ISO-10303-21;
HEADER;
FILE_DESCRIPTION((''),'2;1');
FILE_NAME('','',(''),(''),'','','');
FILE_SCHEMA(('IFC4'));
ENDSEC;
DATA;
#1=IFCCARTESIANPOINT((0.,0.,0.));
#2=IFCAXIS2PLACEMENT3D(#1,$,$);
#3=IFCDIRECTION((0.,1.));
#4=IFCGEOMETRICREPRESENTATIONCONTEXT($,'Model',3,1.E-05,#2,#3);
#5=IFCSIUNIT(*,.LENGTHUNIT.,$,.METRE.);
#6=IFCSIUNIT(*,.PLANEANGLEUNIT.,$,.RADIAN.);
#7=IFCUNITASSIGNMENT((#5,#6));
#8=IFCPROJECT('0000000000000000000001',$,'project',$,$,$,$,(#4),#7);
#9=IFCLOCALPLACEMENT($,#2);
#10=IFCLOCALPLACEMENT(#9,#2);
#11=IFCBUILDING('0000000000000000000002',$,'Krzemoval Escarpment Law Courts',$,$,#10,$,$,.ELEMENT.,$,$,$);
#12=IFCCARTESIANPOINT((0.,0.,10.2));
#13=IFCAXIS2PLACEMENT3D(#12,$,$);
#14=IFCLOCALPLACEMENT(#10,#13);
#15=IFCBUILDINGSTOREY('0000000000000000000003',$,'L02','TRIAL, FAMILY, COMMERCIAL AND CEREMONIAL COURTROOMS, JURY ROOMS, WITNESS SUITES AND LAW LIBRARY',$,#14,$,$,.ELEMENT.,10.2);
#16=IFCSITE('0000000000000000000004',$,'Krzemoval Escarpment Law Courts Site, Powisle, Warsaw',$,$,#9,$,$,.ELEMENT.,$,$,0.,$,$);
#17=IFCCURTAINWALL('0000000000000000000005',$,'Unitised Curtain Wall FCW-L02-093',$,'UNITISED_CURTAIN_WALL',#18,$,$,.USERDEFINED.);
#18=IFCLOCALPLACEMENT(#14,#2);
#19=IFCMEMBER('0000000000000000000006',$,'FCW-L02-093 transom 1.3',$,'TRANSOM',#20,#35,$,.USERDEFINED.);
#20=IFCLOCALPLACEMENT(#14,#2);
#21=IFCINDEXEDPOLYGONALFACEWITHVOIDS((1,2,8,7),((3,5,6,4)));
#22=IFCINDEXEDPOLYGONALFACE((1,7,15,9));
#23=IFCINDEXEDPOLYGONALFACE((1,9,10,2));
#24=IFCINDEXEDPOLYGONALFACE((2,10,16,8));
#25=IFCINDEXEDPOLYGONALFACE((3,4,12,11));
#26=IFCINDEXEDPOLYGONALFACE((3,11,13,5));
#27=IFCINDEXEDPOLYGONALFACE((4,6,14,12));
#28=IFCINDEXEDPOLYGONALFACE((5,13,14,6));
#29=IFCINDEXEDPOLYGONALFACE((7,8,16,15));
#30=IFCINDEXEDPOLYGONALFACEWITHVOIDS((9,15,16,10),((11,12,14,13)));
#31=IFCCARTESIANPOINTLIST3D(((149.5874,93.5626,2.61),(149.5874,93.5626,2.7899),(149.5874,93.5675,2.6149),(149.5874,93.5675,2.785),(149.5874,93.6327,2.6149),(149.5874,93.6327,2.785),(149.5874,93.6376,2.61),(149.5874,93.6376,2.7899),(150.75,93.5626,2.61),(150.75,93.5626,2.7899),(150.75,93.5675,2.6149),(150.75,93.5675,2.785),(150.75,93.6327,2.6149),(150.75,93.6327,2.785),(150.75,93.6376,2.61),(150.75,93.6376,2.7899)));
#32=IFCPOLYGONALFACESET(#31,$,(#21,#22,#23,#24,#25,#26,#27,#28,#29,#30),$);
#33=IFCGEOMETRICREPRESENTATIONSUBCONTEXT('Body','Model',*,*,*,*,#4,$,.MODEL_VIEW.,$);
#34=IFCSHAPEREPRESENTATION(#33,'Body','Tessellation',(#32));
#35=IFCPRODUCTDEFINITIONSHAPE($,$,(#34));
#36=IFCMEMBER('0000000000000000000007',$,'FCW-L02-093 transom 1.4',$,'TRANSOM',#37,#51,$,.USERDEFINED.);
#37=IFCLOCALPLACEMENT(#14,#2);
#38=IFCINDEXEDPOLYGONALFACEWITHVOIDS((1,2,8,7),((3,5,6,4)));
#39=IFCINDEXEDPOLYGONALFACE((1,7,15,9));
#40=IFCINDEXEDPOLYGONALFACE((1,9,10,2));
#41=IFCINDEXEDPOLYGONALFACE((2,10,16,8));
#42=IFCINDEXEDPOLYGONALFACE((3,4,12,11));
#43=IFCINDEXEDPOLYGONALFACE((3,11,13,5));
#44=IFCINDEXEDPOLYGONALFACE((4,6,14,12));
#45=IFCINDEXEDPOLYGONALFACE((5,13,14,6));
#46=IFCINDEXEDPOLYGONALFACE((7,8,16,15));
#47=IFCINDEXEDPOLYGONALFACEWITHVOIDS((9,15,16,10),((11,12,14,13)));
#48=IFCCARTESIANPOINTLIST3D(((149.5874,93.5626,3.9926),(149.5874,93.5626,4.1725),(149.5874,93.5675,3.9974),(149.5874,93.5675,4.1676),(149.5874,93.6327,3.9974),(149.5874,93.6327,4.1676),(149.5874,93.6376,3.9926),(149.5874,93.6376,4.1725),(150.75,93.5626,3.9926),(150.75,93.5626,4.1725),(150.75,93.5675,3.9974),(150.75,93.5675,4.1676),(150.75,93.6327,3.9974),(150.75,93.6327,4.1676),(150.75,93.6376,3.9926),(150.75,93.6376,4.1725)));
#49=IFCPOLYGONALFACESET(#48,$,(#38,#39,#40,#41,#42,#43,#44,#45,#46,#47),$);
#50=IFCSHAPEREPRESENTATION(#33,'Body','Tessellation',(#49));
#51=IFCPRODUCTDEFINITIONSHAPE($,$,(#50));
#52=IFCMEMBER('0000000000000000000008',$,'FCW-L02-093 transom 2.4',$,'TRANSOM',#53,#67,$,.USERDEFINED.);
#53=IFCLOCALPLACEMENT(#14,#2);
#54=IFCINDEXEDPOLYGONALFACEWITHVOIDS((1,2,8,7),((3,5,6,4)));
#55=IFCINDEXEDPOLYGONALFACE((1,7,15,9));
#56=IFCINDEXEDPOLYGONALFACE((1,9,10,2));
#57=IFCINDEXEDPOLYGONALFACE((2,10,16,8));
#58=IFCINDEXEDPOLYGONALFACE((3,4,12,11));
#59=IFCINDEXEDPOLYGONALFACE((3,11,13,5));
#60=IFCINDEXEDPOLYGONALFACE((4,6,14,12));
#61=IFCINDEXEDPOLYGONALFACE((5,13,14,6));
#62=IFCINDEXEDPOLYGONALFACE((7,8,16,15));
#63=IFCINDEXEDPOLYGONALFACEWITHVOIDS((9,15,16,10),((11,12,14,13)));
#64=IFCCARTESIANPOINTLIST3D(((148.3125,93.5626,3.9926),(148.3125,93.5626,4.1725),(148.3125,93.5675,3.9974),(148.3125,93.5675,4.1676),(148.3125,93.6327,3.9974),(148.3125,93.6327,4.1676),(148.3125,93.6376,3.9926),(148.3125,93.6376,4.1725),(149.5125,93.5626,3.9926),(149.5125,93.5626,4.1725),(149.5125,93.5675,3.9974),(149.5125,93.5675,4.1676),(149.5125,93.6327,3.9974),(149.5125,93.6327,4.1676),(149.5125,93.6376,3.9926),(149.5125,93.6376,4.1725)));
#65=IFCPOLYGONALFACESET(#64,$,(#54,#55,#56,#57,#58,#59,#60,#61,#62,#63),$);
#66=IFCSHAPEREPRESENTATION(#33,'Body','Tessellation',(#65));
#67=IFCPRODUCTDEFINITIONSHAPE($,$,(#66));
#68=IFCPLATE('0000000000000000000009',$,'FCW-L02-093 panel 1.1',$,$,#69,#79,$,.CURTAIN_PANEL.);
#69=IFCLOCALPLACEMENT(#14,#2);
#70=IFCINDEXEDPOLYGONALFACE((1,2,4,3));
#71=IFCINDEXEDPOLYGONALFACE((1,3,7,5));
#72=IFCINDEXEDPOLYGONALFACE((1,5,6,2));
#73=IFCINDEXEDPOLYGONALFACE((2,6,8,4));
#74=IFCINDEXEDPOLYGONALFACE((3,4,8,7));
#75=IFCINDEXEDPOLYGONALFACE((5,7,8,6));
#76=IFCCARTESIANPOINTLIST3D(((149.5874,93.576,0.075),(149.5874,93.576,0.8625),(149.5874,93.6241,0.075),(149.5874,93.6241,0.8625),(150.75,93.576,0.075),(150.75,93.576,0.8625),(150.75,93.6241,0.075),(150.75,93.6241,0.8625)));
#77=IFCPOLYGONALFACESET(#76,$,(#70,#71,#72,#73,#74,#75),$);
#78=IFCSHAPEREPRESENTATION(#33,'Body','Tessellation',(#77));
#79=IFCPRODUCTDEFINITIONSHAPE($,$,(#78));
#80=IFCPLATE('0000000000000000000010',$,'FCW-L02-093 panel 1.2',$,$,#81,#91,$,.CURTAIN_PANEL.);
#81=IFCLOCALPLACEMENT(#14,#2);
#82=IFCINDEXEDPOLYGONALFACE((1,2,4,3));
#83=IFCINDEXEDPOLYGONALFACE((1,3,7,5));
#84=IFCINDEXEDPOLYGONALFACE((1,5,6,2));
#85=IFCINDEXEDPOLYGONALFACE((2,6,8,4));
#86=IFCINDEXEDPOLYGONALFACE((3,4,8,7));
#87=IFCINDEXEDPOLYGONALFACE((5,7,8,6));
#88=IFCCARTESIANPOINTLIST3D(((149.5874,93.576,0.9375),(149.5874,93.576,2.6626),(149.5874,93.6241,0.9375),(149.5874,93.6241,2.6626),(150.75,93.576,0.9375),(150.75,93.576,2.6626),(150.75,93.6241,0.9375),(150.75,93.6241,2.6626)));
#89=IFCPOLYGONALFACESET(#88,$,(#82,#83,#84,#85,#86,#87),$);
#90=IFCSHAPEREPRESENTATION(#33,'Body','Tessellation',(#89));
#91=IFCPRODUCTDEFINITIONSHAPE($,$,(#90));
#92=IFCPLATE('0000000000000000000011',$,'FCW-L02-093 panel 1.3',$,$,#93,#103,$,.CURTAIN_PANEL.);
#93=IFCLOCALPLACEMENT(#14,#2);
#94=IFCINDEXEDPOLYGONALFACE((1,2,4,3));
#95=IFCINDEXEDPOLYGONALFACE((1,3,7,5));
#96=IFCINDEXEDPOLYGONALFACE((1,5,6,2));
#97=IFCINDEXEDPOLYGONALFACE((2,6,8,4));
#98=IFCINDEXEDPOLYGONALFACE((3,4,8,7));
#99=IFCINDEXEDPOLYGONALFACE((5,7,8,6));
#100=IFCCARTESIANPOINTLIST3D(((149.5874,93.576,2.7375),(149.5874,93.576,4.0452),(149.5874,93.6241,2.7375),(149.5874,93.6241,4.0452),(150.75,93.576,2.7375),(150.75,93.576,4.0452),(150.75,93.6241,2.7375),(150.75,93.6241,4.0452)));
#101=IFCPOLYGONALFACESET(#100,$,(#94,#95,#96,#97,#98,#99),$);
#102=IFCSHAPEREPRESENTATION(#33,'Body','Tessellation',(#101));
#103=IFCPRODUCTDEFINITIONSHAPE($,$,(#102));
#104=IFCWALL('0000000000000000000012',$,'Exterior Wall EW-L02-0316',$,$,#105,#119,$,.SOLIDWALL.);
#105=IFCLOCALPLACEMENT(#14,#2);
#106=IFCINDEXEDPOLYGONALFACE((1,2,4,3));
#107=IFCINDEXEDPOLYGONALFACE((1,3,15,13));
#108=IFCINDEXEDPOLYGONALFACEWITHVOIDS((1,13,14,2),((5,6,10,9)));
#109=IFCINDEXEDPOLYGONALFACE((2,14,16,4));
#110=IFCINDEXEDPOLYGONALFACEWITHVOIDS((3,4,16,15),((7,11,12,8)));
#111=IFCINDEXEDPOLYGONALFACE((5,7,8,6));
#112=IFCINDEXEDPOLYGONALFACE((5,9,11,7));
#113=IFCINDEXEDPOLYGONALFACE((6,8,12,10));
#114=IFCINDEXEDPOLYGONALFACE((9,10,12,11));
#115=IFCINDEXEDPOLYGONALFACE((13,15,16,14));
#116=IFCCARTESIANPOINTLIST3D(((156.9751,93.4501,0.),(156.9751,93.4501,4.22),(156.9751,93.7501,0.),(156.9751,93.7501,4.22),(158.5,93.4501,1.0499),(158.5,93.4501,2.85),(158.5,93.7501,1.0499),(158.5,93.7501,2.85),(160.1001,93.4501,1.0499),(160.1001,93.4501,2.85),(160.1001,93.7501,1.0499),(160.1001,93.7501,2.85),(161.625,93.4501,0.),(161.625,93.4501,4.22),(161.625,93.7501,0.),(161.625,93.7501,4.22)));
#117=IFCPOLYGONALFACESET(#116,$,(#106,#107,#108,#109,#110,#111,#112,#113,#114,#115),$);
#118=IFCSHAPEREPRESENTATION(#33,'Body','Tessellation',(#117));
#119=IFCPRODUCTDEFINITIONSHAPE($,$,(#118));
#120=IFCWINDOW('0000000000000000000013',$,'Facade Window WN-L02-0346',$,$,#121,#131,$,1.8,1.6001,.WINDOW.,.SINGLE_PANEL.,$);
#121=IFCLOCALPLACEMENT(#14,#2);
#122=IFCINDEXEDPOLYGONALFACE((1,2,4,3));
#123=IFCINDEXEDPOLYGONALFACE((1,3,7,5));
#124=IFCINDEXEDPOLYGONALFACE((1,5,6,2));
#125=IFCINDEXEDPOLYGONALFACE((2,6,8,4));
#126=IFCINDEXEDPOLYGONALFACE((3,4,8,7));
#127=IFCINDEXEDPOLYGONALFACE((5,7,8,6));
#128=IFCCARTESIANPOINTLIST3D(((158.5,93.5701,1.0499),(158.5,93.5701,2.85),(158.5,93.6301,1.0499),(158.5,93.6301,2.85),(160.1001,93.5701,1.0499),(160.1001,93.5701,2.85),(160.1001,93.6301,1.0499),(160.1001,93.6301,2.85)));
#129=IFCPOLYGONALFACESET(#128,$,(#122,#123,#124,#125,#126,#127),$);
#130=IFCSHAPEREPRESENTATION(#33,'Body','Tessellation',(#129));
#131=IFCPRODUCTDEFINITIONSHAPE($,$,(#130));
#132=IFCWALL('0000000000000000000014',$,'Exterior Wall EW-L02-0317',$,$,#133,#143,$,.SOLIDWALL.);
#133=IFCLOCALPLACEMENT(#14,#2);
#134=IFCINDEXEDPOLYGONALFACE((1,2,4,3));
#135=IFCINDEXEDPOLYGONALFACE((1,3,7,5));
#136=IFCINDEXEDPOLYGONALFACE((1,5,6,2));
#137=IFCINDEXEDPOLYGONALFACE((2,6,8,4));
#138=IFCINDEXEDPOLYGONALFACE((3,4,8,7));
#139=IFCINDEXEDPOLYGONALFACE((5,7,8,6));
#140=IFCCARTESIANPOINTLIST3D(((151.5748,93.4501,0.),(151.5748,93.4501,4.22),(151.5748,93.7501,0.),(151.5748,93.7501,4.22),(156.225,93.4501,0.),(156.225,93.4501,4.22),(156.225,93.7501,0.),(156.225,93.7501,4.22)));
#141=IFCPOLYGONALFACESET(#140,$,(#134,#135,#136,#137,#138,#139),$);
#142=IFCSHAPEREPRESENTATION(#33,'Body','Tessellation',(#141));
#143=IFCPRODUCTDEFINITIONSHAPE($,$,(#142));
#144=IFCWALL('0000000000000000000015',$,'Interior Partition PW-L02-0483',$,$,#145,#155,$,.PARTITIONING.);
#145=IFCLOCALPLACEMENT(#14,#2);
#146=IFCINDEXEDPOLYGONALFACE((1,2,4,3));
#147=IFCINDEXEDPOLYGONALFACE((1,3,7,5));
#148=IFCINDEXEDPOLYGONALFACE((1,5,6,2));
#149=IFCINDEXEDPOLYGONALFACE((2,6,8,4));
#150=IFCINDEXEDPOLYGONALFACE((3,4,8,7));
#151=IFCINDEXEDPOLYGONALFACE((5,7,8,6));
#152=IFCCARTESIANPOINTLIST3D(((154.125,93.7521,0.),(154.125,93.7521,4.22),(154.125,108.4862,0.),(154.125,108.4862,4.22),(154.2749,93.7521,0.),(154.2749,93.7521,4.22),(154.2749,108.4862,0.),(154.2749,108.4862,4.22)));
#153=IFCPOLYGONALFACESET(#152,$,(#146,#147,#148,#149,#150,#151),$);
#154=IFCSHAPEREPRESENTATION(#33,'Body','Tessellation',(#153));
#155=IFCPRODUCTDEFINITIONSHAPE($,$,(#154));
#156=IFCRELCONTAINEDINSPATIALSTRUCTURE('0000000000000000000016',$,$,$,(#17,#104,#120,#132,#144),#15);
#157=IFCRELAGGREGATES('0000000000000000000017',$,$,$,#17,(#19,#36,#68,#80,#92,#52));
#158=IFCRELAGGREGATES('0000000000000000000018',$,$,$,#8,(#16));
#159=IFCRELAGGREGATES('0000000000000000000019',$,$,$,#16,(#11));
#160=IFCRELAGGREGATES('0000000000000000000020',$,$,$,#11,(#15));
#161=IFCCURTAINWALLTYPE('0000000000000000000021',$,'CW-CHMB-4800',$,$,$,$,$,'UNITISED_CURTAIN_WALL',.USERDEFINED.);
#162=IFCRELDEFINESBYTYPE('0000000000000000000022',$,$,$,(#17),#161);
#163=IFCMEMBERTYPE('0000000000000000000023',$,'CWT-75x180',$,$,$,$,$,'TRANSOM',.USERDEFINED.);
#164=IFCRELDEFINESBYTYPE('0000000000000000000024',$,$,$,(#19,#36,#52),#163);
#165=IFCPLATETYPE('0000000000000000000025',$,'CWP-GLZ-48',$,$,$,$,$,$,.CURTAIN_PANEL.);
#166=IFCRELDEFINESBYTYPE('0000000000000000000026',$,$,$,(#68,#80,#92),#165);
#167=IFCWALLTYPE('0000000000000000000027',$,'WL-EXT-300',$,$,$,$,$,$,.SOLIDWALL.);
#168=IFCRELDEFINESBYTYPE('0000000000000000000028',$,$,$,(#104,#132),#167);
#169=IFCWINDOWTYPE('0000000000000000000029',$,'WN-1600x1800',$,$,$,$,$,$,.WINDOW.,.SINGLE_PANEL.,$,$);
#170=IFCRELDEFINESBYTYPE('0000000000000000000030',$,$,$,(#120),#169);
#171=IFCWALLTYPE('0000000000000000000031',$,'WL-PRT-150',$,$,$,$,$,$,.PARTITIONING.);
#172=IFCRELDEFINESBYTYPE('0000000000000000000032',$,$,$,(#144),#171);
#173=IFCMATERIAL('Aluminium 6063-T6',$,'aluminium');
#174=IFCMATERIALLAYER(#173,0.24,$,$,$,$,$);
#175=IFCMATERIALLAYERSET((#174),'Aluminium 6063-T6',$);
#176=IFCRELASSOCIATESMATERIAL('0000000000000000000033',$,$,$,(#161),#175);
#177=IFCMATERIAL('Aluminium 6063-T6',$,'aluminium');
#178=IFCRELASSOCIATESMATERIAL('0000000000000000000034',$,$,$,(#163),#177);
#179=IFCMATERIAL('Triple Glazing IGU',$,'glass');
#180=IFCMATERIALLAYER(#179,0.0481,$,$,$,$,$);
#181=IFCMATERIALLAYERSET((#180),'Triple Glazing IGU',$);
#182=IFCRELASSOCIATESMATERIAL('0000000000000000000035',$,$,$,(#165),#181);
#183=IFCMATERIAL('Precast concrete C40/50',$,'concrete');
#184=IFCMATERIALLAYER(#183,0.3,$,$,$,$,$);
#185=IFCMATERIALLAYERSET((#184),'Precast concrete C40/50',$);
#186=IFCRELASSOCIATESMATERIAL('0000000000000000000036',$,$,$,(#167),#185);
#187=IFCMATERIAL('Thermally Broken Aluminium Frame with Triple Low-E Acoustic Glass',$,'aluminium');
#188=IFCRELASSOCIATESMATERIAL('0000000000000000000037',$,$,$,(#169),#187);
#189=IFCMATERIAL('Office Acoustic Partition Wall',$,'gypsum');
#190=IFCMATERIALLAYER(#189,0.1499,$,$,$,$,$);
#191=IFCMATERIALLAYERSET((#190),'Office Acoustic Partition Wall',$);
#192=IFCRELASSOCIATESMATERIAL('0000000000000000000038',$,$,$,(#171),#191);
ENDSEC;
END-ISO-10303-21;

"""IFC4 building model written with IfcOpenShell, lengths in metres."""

from ifc_helpers import new_model, si_unit, direction, frame, frame_2d, origin, origin_2d, place, context, subcontext, project, spatial, rectangle, hollow_rectangle, extrude, material, layer, layer_set, material_profile, profile_set, type_object, element, fill, aggregate, save


model = new_model("IFC4")

# Units and contexts
model_context = context("Model", 3, precision=1e-05, world=origin(), true_north=direction((0.0, 1.0)))
body_context = subcontext(model_context, "Body", "Model", "MODEL_VIEW")
ifc_project = project(units=[si_unit("LENGTHUNIT", "METRE"), si_unit("PLANEANGLEUNIT", "RADIAN")], contexts=[model_context])

# Site, building, storey
site_placement = place(None, origin())
site = spatial("IfcSite", under=ifc_project, at=site_placement, Name="Krzemoval Escarpment Law Courts Site, Powisle, Warsaw", CompositionType="ELEMENT", RefElevation=0.0)
building_placement = place(site_placement, origin())
building = spatial("IfcBuilding", under=site, at=building_placement, Name="Krzemoval Escarpment Law Courts", CompositionType="ELEMENT")
storey_placement = place(building_placement, frame((0.0, 0.0, 10.2)))
storey = spatial("IfcBuildingStorey", under=building, at=storey_placement, Name="L02", Description="TRIAL, FAMILY, COMMERCIAL AND CEREMONIAL COURTROOMS, JURY ROOMS, WITNESS SUITES AND LAW LIBRARY", CompositionType="ELEMENT", Elevation=10.2)

# Curtain wall, members, plates
ifc_material_1 = material(Name="Aluminium 6063-T6", Category="aluminium")
ifc_layer_1 = layer(ifc_material_1, 0.24)
ifc_layer_set_1 = layer_set([ifc_layer_1], Name="Aluminium 6063-T6")
curtain_wall_type = type_object("IfcCurtainWallType", Name="CW-CHMB-4800", ElementType="UNITISED_CURTAIN_WALL", PredefinedType="USERDEFINED", material=ifc_layer_set_1)
curtain_wall_placement = place(storey_placement, origin())
curtain_wall = element("IfcCurtainWall", 1, at=curtain_wall_placement, inside=storey, type_object=curtain_wall_type, Name="Unitised Curtain Wall FCW-L02-093", ObjectType="UNITISED_CURTAIN_WALL", PredefinedType="USERDEFINED")
ifc_material_2 = material(Name="Aluminium 6063-T6", Category="aluminium")
ifc_material_profile_1 = material_profile(ifc_material_2, hollow_rectangle(XDim=0.075, YDim=0.1799, WallThickness=0.0049, at=origin_2d()), Name="ALU T75x180")
ifc_profile_set_1 = profile_set([ifc_material_profile_1], Name="Aluminium 6063-T6")
member_type_1 = type_object("IfcMemberType", Name="CWT-75x180", ElementType="TRANSOM", PredefinedType="USERDEFINED", material=ifc_profile_set_1)
member_1_placement = place(storey_placement, frame((150.75, 93.6001, 2.7), z_axis=(-1.0, 0.0, 0.0), x_axis=(0.0, -1.0, 0.0)))
member_1 = element("IfcMember", 2, at=member_1_placement, type_object=member_type_1, Name="FCW-L02-093 transom 1.3", ObjectType="TRANSOM", PredefinedType="USERDEFINED", context=body_context, shape_type="SweptSolid", body=[
    extrude(hollow_rectangle(XDim=0.075, YDim=0.1799, WallThickness=0.0049, at=origin_2d()), origin(), (0.0, 0.0, 1.0), 1.1626),
])
member_2_placement = place(storey_placement, frame((150.75, 93.6001, 4.0825), z_axis=(-1.0, 0.0, 0.0), x_axis=(0.0, -1.0, 0.0)))
member_2 = element("IfcMember", 3, at=member_2_placement, type_object=member_type_1, Name="FCW-L02-093 transom 1.4", ObjectType="TRANSOM", PredefinedType="USERDEFINED", context=body_context, shape_type="SweptSolid", body=[
    extrude(hollow_rectangle(XDim=0.075, YDim=0.1799, WallThickness=0.0049, at=origin_2d()), origin(), (0.0, 0.0, 1.0), 1.1626),
])
member_3_placement = place(storey_placement, frame((149.5125, 93.6001, 4.0825), z_axis=(-1.0, 0.0, 0.0), x_axis=(0.0, -1.0, 0.0)))
member_3 = element("IfcMember", 4, at=member_3_placement, type_object=member_type_1, Name="FCW-L02-093 transom 2.4", ObjectType="TRANSOM", PredefinedType="USERDEFINED", context=body_context, shape_type="SweptSolid", body=[
    extrude(hollow_rectangle(XDim=0.075, YDim=0.1799, WallThickness=0.0049, at=origin_2d()), origin(), (0.0, 0.0, 1.0), 1.2),
])
ifc_material_3 = material(Name="Triple Glazing IGU", Category="glass")
ifc_layer_2 = layer(ifc_material_3, 0.0481)
ifc_layer_set_2 = layer_set([ifc_layer_2], Name="Triple Glazing IGU")
plate_type = type_object("IfcPlateType", Name="CWP-GLZ-48", PredefinedType="CURTAIN_PANEL", material=ifc_layer_set_2)
plate_1_placement = place(storey_placement, frame((150.1687, 93.6001, 0.075), z_axis=(0.0, 0.0, 1.0), x_axis=(-1.0, 0.0, 0.0)))
plate_1 = element("IfcPlate", 5, at=plate_1_placement, type_object=plate_type, Name="FCW-L02-093 panel 1.1", PredefinedType="CURTAIN_PANEL", context=body_context, shape_type="SweptSolid", body=[
    extrude(rectangle(XDim=1.1626, YDim=0.0481, at=origin_2d()), origin(), (0.0, 0.0, 1.0), 0.7876),
])
plate_2_placement = place(storey_placement, frame((150.1687, 93.6001, 0.9375), z_axis=(0.0, 0.0, 1.0), x_axis=(-1.0, 0.0, 0.0)))
plate_2 = element("IfcPlate", 6, at=plate_2_placement, type_object=plate_type, Name="FCW-L02-093 panel 1.2", PredefinedType="CURTAIN_PANEL", context=body_context, shape_type="SweptSolid", body=[
    extrude(rectangle(XDim=1.1626, YDim=0.0481, at=origin_2d()), origin(), (0.0, 0.0, 1.0), 1.7251),
])
plate_3_placement = place(storey_placement, frame((150.1687, 93.6001, 2.7375), z_axis=(0.0, 0.0, 1.0), x_axis=(-1.0, 0.0, 0.0)))
plate_3 = element("IfcPlate", 7, at=plate_3_placement, type_object=plate_type, Name="FCW-L02-093 panel 1.3", PredefinedType="CURTAIN_PANEL", context=body_context, shape_type="SweptSolid", body=[
    extrude(rectangle(XDim=1.1626, YDim=0.0481, at=origin_2d()), origin(), (0.0, 0.0, 1.0), 1.3076),
])
aggregate(curtain_wall, [member_1, member_2, plate_1, plate_2, plate_3, member_3])

# Wall, opening, window
ifc_material_4 = material(Name="Precast concrete C40/50", Category="concrete")
ifc_layer_3 = layer(ifc_material_4, 0.3)
ifc_layer_set_3 = layer_set([ifc_layer_3], Name="Precast concrete C40/50")
wall_type_1 = type_object("IfcWallType", Name="WL-EXT-300", PredefinedType="SOLIDWALL", material=ifc_layer_set_3)
wall_1_placement = place(storey_placement, frame((161.625, 93.6001, 0.0), z_axis=(0.0, 0.0, 1.0), x_axis=(-1.0, 0.0, 0.0)))
wall_1 = element("IfcWall", 8, at=wall_1_placement, inside=storey, type_object=wall_type_1, Name="Exterior Wall EW-L02-0316", PredefinedType="SOLIDWALL", context=body_context, shape_type="SweptSolid", body=[
    extrude(rectangle(XDim=4.6499, YDim=0.3, at=frame_2d((2.325, 0.0))), origin(), (0.0, 0.0, 1.0), 4.22),
])
opening_placement = place(wall_1_placement, frame((1.5249, 0.0, 1.05)))
opening = element("IfcOpeningElement", 9, at=opening_placement, cuts=wall_1, PredefinedType="OPENING", context=body_context, shape_type="SweptSolid", body=[
    extrude(rectangle(XDim=1.6001, YDim=1.8, at=frame_2d((0.8, 0.8999))), frame((0.0, 0.165, 0.0), z_axis=(0.0, -1.0, 0.0), x_axis=(1.0, 0.0, 0.0)), (0.0, 0.0, 1.0), 0.3301),
])
ifc_material_5 = material(Name="Thermally Broken Aluminium Frame with Triple Low-E Acoustic Glass", Category="aluminium")
window_type = type_object("IfcWindowType", Name="WN-1600x1800", PartitioningType="SINGLE_PANEL", PredefinedType="WINDOW", material=ifc_material_5)
window_placement = place(opening_placement, origin())
window = element("IfcWindow", 10, at=window_placement, inside=storey, type_object=window_type, Name="Facade Window WN-L02-0346", OverallHeight=1.8, OverallWidth=1.6001, PartitioningType="SINGLE_PANEL", PredefinedType="WINDOW", context=body_context, shape_type="SweptSolid", body=[
    extrude(rectangle(XDim=1.6001, YDim=1.8, at=frame_2d((0.8, 0.8999))), frame((0.0, 0.03, 0.0), z_axis=(0.0, -1.0, 0.0), x_axis=(1.0, 0.0, 0.0)), (0.0, 0.0, 1.0), 0.0601),
])
fill(opening, window)

# Walls
wall_2_placement = place(storey_placement, frame((156.2251, 93.6001, 0.0), z_axis=(0.0, 0.0, 1.0), x_axis=(-1.0, 0.0, 0.0)))
element("IfcWall", 11, at=wall_2_placement, inside=storey, type_object=wall_type_1, Name="Exterior Wall EW-L02-0317", PredefinedType="SOLIDWALL", context=body_context, shape_type="SweptSolid", body=[
    extrude(rectangle(XDim=4.6501, YDim=0.3, at=frame_2d((2.3252, 0.0))), origin(), (0.0, 0.0, 1.0), 4.22),
])
ifc_material_6 = material(Name="Office Acoustic Partition Wall", Category="gypsum")
ifc_layer_4 = layer(ifc_material_6, 0.1499)
ifc_layer_set_4 = layer_set([ifc_layer_4], Name="Office Acoustic Partition Wall")
wall_type_2 = type_object("IfcWallType", Name="WL-PRT-150", PredefinedType="PARTITIONING", material=ifc_layer_set_4)
wall_3_placement = place(storey_placement, frame((154.2, 93.752, 0.0), z_axis=(0.0, 0.0, 1.0), x_axis=(0.0, 1.0, 0.0)))
element("IfcWall", 12, at=wall_3_placement, inside=storey, type_object=wall_type_2, Name="Interior Partition PW-L02-0483", PredefinedType="PARTITIONING", context=body_context, shape_type="SweptSolid", body=[
    extrude(rectangle(XDim=14.7341, YDim=0.1499, at=frame_2d((7.3672, 0.0))), origin(), (0.0, 0.0, 1.0), 4.22),
])

save(model, "model.ifc")
